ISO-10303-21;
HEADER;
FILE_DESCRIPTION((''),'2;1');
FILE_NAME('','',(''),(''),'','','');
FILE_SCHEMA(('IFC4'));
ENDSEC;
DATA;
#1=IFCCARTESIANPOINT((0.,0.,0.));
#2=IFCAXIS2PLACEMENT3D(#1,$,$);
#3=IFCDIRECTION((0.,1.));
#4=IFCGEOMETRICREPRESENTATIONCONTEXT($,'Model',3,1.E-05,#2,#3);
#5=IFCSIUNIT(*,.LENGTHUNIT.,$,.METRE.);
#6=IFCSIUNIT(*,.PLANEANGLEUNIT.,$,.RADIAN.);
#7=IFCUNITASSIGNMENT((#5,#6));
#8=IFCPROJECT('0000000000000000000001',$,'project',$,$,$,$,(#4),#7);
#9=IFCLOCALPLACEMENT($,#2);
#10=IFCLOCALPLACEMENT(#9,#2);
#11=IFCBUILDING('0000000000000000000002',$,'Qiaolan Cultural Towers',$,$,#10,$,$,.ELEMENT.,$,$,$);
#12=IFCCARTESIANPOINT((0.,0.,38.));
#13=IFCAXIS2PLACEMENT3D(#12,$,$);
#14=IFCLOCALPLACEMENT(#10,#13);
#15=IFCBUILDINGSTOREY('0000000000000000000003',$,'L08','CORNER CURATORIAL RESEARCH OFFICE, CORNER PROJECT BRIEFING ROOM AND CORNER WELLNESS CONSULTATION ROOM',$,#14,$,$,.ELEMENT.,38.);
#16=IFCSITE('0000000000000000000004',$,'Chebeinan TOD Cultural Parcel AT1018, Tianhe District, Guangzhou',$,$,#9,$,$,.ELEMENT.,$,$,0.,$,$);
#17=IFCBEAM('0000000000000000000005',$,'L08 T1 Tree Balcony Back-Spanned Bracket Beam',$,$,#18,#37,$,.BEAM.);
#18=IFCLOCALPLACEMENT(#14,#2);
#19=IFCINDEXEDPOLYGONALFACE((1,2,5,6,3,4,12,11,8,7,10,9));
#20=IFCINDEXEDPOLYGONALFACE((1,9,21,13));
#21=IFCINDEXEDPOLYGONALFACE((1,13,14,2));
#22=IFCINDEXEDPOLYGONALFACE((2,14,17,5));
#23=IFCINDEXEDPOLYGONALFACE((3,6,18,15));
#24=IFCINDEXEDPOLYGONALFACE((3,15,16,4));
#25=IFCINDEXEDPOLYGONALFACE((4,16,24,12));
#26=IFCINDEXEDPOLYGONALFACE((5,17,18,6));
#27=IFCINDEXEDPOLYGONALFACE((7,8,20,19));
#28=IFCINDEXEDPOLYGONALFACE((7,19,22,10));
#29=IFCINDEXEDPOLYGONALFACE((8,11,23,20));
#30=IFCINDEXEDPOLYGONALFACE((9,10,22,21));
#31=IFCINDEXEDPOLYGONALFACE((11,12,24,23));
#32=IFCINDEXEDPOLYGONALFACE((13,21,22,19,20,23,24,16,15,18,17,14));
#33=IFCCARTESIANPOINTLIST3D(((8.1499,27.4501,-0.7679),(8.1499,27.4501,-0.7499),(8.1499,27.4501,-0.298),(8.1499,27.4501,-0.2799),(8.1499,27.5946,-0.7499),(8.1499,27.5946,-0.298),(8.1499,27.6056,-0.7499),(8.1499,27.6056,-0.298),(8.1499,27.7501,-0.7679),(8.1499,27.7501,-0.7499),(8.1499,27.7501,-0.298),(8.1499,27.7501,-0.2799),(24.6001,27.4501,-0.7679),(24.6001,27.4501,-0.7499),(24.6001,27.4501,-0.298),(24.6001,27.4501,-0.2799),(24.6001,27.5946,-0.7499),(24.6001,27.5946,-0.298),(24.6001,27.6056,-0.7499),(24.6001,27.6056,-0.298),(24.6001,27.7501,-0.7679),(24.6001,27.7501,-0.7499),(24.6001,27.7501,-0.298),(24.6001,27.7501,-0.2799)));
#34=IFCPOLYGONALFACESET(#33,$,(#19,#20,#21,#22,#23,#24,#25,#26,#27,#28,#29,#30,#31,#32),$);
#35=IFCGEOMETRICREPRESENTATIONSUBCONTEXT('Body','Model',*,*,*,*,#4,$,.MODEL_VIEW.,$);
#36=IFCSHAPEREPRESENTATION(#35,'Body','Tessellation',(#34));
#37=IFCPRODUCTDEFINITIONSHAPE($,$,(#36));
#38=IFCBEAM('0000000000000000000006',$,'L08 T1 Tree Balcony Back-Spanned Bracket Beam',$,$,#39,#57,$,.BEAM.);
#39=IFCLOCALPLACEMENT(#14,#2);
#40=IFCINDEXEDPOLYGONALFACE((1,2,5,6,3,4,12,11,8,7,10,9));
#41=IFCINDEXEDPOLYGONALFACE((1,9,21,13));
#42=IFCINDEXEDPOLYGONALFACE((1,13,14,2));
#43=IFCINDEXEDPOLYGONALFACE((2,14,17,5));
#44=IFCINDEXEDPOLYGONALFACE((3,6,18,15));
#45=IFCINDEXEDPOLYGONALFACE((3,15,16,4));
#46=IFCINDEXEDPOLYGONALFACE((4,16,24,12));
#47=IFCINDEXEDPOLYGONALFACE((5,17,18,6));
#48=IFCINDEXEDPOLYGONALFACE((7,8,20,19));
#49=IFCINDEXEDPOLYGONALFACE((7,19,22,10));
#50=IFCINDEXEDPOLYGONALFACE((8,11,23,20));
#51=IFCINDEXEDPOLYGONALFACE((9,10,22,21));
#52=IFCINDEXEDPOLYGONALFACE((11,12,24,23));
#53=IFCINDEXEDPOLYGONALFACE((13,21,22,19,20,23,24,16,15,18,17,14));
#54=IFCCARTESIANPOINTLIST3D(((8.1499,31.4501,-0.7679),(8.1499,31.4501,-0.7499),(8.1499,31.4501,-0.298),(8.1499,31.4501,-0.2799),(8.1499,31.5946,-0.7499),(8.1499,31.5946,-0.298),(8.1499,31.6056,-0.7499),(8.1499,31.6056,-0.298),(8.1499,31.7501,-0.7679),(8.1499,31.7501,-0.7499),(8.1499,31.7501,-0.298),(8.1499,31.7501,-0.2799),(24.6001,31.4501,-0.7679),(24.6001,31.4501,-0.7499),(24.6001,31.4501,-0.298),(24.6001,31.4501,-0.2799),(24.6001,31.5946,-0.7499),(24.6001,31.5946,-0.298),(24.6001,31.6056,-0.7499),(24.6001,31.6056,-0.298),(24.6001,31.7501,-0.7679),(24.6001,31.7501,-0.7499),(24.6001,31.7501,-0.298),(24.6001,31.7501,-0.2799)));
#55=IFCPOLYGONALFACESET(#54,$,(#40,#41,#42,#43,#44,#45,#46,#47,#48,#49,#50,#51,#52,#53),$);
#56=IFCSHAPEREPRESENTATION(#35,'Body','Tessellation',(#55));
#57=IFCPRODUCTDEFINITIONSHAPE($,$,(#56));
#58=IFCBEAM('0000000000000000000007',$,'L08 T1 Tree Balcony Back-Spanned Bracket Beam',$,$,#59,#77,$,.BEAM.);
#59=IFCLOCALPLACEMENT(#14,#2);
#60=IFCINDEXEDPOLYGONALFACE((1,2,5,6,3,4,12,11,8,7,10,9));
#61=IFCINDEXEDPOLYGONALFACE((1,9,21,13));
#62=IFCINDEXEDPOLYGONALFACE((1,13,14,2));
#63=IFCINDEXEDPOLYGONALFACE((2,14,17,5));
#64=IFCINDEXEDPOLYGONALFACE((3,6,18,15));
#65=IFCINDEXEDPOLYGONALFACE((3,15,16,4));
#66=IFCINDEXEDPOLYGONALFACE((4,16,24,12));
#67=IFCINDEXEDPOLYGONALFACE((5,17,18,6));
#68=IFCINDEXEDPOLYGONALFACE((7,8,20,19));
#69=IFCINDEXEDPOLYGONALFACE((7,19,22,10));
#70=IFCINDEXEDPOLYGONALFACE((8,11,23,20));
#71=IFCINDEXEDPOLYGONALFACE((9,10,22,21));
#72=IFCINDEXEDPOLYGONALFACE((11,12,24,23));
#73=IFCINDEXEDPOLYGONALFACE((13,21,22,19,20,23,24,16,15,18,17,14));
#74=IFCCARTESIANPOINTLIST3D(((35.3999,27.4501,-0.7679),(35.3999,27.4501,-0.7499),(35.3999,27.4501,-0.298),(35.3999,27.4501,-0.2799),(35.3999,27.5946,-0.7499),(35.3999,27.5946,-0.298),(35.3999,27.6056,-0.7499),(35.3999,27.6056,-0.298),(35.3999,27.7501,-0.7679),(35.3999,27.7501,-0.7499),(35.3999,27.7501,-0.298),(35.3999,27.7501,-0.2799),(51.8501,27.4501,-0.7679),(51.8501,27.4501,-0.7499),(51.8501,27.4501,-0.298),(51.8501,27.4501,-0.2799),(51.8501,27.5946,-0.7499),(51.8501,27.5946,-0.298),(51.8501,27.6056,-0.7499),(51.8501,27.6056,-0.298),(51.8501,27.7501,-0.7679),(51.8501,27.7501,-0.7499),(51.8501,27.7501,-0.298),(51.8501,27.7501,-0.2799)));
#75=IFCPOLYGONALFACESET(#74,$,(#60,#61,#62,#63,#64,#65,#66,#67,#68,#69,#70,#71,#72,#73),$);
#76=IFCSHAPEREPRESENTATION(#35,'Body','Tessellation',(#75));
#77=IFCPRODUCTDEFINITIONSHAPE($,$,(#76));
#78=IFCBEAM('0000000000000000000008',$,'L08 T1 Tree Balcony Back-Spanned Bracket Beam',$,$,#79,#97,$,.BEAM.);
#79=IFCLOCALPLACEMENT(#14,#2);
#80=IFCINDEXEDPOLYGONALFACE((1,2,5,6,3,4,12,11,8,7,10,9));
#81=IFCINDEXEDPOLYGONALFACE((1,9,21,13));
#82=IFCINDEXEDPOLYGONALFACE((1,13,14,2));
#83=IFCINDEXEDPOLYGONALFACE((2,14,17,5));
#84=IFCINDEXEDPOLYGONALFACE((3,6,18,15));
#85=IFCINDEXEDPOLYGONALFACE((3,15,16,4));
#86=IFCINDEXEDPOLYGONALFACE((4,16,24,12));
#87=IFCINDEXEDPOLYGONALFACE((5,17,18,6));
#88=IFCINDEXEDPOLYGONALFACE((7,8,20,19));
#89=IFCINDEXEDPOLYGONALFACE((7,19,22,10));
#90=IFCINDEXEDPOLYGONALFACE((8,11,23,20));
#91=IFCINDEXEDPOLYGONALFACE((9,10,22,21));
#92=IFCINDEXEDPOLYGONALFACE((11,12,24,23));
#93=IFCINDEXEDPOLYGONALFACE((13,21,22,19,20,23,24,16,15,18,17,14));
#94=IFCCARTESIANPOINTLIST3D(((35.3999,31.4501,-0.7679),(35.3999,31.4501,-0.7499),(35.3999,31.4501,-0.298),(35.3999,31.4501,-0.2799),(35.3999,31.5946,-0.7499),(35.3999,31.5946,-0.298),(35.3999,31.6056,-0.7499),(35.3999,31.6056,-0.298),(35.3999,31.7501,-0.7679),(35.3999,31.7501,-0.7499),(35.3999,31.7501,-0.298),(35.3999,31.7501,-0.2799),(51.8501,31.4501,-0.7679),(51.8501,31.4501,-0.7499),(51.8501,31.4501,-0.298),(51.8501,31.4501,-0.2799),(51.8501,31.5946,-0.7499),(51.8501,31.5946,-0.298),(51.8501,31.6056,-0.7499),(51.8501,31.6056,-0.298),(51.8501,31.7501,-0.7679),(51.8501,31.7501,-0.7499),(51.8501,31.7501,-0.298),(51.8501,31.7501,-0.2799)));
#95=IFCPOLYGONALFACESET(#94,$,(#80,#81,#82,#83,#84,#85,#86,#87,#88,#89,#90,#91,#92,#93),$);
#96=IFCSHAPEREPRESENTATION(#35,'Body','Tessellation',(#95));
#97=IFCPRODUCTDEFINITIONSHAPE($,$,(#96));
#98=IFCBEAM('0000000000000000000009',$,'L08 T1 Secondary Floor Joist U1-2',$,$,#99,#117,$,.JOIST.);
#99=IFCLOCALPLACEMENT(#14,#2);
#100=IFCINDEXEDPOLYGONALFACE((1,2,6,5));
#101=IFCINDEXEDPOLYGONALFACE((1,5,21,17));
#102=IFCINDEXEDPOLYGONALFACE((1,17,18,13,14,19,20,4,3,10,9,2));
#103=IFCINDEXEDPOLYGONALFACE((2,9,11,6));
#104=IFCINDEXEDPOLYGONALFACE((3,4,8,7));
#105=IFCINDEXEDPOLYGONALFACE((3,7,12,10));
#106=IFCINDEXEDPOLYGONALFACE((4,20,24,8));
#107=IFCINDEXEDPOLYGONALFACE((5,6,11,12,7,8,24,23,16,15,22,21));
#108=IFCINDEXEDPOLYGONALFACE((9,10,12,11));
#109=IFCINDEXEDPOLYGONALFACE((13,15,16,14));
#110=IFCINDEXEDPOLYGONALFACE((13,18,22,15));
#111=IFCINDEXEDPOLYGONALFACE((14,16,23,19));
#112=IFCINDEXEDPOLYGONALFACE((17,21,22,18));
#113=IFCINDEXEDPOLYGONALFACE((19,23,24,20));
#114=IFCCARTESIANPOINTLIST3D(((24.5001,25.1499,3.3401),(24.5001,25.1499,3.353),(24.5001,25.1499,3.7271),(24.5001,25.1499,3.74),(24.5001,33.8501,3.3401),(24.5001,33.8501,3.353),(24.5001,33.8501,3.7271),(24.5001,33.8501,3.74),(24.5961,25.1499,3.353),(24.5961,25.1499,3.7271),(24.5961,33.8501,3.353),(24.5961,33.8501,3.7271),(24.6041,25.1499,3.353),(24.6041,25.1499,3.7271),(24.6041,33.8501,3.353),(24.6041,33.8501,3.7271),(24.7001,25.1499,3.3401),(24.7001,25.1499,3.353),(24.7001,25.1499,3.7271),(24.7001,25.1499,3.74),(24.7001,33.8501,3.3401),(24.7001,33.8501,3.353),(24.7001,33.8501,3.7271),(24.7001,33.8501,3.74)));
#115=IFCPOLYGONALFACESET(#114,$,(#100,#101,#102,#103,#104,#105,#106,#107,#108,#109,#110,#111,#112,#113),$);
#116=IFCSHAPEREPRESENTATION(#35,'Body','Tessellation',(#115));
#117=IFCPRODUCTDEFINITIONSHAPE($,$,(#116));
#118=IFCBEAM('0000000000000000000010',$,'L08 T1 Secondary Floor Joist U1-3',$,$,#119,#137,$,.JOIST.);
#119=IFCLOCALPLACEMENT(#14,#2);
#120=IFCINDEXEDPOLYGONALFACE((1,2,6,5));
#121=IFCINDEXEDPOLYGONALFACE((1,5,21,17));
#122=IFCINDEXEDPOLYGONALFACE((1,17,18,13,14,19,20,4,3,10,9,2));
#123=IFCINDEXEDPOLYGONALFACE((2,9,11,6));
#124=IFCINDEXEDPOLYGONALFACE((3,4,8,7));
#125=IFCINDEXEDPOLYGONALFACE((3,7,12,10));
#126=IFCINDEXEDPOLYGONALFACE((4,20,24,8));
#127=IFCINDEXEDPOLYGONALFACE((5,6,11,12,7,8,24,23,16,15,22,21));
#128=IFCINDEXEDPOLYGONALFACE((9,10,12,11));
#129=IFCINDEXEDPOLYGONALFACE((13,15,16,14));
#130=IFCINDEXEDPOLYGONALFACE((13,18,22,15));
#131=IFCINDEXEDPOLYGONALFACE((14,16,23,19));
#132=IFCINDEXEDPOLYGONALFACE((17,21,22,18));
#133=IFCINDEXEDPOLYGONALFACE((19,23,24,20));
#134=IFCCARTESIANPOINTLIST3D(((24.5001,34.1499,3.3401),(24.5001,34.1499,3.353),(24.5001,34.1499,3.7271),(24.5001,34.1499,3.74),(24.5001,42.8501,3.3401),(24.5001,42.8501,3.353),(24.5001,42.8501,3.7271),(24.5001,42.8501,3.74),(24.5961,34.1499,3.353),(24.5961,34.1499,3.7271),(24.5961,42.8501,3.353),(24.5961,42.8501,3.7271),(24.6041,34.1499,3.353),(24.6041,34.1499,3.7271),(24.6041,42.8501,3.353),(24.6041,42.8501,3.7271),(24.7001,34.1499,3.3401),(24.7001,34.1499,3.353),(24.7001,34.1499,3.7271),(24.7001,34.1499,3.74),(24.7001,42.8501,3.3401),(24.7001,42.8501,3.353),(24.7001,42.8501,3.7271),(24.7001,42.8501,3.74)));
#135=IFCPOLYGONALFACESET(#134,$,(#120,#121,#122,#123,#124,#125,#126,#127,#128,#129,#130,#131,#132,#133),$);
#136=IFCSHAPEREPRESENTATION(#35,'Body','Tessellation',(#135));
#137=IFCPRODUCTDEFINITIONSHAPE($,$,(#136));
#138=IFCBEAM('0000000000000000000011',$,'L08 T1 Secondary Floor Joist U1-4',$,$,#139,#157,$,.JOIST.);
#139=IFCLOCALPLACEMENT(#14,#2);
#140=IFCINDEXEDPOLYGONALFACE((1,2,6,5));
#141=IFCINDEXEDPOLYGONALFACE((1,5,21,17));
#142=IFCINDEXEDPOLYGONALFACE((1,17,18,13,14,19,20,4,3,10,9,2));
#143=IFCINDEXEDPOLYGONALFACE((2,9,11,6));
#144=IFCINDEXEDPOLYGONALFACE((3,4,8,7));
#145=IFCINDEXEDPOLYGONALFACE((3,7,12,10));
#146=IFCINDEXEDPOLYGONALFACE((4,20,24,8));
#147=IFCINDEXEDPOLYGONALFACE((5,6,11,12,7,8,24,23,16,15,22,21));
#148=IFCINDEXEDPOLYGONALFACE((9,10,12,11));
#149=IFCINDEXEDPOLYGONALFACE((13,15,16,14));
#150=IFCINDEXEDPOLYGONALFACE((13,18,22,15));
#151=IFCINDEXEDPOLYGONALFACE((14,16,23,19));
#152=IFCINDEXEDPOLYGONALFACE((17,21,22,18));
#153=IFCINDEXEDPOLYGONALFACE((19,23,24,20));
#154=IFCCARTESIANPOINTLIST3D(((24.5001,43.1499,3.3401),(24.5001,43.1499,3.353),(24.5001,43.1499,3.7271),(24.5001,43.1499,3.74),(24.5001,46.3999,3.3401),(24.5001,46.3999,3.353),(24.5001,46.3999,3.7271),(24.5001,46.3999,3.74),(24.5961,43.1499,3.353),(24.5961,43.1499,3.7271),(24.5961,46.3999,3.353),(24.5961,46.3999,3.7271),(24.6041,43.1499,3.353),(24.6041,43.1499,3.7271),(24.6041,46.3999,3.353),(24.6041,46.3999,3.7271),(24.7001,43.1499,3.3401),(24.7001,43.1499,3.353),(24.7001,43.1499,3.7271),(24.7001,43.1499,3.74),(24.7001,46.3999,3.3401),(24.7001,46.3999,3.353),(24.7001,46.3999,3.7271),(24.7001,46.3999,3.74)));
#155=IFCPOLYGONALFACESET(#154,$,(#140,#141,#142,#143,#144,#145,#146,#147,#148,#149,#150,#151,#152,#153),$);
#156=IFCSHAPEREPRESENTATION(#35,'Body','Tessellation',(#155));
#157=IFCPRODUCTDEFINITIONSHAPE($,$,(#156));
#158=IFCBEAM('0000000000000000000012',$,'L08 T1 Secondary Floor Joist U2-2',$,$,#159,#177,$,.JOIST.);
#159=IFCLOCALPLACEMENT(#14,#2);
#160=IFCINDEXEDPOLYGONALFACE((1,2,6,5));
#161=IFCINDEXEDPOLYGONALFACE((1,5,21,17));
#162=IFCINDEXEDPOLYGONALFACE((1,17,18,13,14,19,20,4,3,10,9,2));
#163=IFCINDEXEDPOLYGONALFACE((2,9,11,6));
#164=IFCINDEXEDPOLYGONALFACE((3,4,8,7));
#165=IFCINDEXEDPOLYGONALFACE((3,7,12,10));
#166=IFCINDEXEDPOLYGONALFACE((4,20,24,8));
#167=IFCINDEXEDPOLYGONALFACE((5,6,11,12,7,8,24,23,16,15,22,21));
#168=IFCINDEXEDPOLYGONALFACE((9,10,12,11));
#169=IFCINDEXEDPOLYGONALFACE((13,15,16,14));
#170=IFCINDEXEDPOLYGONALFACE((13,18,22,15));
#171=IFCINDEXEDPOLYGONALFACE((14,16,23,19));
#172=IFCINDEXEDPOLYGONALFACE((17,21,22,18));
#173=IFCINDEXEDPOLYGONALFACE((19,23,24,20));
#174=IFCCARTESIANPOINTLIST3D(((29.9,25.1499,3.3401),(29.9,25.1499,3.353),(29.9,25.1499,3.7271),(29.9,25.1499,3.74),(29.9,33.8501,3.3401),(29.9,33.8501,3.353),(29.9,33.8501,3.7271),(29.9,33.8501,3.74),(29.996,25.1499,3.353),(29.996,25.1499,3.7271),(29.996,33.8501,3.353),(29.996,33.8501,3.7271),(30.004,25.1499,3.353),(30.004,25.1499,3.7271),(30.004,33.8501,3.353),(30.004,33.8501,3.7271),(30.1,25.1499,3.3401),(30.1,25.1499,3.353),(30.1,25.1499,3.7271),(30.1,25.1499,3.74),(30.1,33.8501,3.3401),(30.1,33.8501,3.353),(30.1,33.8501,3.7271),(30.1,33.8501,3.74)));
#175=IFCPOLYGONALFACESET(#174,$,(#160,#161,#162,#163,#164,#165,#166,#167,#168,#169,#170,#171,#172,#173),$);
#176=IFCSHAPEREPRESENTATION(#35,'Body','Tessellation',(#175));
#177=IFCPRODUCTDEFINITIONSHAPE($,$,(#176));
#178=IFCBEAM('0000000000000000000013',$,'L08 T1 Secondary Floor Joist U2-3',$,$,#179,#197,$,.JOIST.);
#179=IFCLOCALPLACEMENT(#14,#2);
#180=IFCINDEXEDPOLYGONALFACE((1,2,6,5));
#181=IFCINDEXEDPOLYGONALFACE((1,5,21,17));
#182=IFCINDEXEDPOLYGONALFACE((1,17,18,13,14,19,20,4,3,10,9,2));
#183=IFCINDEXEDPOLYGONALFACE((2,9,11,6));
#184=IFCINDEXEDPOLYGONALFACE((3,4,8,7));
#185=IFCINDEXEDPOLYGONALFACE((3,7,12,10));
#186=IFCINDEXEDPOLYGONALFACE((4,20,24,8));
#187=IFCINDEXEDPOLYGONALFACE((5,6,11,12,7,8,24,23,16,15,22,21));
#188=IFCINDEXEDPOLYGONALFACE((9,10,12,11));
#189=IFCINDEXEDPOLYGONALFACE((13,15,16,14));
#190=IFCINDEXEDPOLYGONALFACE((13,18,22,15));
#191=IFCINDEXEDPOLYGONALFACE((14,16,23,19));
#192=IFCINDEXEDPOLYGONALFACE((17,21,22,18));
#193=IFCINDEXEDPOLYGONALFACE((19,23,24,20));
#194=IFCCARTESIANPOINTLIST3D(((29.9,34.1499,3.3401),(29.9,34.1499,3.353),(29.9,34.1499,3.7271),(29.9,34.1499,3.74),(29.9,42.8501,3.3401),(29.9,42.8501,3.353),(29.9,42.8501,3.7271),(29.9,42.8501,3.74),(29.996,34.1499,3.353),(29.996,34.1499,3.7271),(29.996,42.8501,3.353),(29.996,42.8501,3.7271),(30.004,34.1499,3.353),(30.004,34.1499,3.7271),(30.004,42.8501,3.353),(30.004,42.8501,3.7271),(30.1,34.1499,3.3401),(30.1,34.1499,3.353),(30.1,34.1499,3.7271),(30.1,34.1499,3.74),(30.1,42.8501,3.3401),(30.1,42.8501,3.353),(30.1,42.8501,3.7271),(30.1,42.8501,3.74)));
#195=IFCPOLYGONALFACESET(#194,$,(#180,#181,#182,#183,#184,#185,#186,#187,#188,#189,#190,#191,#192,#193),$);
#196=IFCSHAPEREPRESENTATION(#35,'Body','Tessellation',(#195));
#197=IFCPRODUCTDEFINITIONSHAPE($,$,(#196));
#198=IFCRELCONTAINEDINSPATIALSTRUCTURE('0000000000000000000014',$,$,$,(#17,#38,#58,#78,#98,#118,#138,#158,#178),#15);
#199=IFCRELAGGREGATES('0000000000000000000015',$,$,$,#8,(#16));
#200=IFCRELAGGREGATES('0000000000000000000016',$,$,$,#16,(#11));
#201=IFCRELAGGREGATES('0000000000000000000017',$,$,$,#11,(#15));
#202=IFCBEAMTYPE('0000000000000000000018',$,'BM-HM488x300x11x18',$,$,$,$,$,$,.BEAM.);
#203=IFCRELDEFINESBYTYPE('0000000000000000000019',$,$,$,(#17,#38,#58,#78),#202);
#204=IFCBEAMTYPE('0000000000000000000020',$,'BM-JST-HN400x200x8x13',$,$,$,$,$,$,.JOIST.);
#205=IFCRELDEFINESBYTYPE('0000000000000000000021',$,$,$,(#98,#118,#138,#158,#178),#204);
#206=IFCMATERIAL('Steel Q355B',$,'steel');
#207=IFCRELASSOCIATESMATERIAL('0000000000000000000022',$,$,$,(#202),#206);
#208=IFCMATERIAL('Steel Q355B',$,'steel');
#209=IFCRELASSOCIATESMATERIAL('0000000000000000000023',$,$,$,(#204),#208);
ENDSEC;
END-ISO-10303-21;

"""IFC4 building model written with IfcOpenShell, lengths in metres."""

from ifc_helpers import new_model, si_unit, direction, frame, origin, origin_2d, place, context, subcontext, project, spatial, i_section, extrude, material, material_profile, profile_set, type_object, element, save


model = new_model("IFC4")

# Units and contexts
model_context = context("Model", 3, precision=1e-05, world=origin(), true_north=direction((0.0, 1.0)))
body_context = subcontext(model_context, "Body", "Model", "MODEL_VIEW")
ifc_project = project(units=[si_unit("LENGTHUNIT", "METRE"), si_unit("PLANEANGLEUNIT", "RADIAN")], contexts=[model_context])

# Site, building, storey
site_placement = place(None, origin())
site = spatial("IfcSite", under=ifc_project, at=site_placement, Name="Chebeinan TOD Cultural Parcel AT1018, Tianhe District, Guangzhou", CompositionType="ELEMENT", RefElevation=0.0)
building_placement = place(site_placement, origin())
building = spatial("IfcBuilding", under=site, at=building_placement, Name="Qiaolan Cultural Towers", CompositionType="ELEMENT")
storey_placement = place(building_placement, frame((0.0, 0.0, 38.0)))
storey = spatial("IfcBuildingStorey", under=building, at=storey_placement, Name="L08", Description="CORNER CURATORIAL RESEARCH OFFICE, CORNER PROJECT BRIEFING ROOM AND CORNER WELLNESS CONSULTATION ROOM", CompositionType="ELEMENT", Elevation=38.0)

# Beams
ifc_material_1 = material(Name="Steel Q355B", Category="steel")
ifc_material_profile_1 = material_profile(ifc_material_1, i_section(OverallWidth=0.3, OverallDepth=0.488, WebThickness=0.011, FlangeThickness=0.0181, at=origin_2d()), Name="HM488x300x11x18")
ifc_profile_set_1 = profile_set([ifc_material_profile_1], Name="Steel Q355B")
beam_type_1 = type_object("IfcBeamType", Name="BM-HM488x300x11x18", PredefinedType="BEAM", material=ifc_profile_set_1)
for number, where, z_axis, x_axis, name in (
    (1, (24.6001, 27.6001, -0.5239), (-1.0, 0.0, 0.0), (0.0, -1.0, 0.0), "L08 T1 Tree Balcony Back-Spanned Bracket Beam"),
    (2, (24.6001, 31.6001, -0.5239), (-1.0, 0.0, 0.0), (0.0, -1.0, 0.0), "L08 T1 Tree Balcony Back-Spanned Bracket Beam"),
    (3, (35.3999, 27.6001, -0.5239), (1.0, 0.0, 0.0), (0.0, 1.0, 0.0), "L08 T1 Tree Balcony Back-Spanned Bracket Beam"),
    (4, (35.3999, 31.6001, -0.5239), (1.0, 0.0, 0.0), (0.0, 1.0, 0.0), "L08 T1 Tree Balcony Back-Spanned Bracket Beam"),
):
    element("IfcBeam", number, at=place(storey_placement, frame(where, z_axis=z_axis, x_axis=x_axis)), inside=storey, type_object=beam_type_1, Name=name, PredefinedType="BEAM", context=body_context, shape_type="SweptSolid", body=[
        extrude(i_section(OverallWidth=0.3, OverallDepth=0.488, WebThickness=0.011, FlangeThickness=0.0181, at=origin_2d()), origin(), (0.0, 0.0, 1.0), 16.4502),
    ])
ifc_material_2 = material(Name="Steel Q355B", Category="steel")
ifc_material_profile_2 = material_profile(ifc_material_2, i_section(OverallWidth=0.2, OverallDepth=0.3999, WebThickness=0.0081, FlangeThickness=0.0129, at=origin_2d()), Name="HN400x200x8x13")
ifc_profile_set_2 = profile_set([ifc_material_profile_2], Name="Steel Q355B")
beam_type_2 = type_object("IfcBeamType", Name="BM-JST-HN400x200x8x13", PredefinedType="JOIST", material=ifc_profile_set_2)
for number, where, z_axis, x_axis, name in (
    (5, (24.6001, 25.1499, 3.54), (0.0, 1.0, 0.0), (-1.0, 0.0, 0.0), "L08 T1 Secondary Floor Joist U1-2"),
    (6, (24.6001, 34.1499, 3.54), (0.0, 1.0, 0.0), (-1.0, 0.0, 0.0), "L08 T1 Secondary Floor Joist U1-3"),
):
    element("IfcBeam", number, at=place(storey_placement, frame(where, z_axis=z_axis, x_axis=x_axis)), inside=storey, type_object=beam_type_2, Name=name, PredefinedType="JOIST", context=body_context, shape_type="SweptSolid", body=[
        extrude(i_section(OverallWidth=0.2, OverallDepth=0.3999, WebThickness=0.0081, FlangeThickness=0.0129, at=origin_2d()), origin(), (0.0, 0.0, 1.0), 8.7002),
    ])
beam_1_placement = place(storey_placement, frame((24.6001, 43.1499, 3.54), z_axis=(0.0, 1.0, 0.0), x_axis=(-1.0, 0.0, 0.0)))
element("IfcBeam", 7, at=beam_1_placement, inside=storey, type_object=beam_type_2, Name="L08 T1 Secondary Floor Joist U1-4", PredefinedType="JOIST", context=body_context, shape_type="SweptSolid", body=[
    extrude(i_section(OverallWidth=0.2, OverallDepth=0.3999, WebThickness=0.0081, FlangeThickness=0.0129, at=origin_2d()), origin(), (0.0, 0.0, 1.0), 3.25),
])
for number, where, z_axis, x_axis, name in (
    (8, (30.0, 25.1499, 3.54), (0.0, 1.0, 0.0), (-1.0, 0.0, 0.0), "L08 T1 Secondary Floor Joist U2-2"),
    (9, (30.0, 34.1499, 3.54), (0.0, 1.0, 0.0), (-1.0, 0.0, 0.0), "L08 T1 Secondary Floor Joist U2-3"),
):
    element("IfcBeam", number, at=place(storey_placement, frame(where, z_axis=z_axis, x_axis=x_axis)), inside=storey, type_object=beam_type_2, Name=name, PredefinedType="JOIST", context=body_context, shape_type="SweptSolid", body=[
        extrude(i_section(OverallWidth=0.2, OverallDepth=0.3999, WebThickness=0.0081, FlangeThickness=0.0129, at=origin_2d()), origin(), (0.0, 0.0, 1.0), 8.7002),
    ])

save(model, "model.ifc")
